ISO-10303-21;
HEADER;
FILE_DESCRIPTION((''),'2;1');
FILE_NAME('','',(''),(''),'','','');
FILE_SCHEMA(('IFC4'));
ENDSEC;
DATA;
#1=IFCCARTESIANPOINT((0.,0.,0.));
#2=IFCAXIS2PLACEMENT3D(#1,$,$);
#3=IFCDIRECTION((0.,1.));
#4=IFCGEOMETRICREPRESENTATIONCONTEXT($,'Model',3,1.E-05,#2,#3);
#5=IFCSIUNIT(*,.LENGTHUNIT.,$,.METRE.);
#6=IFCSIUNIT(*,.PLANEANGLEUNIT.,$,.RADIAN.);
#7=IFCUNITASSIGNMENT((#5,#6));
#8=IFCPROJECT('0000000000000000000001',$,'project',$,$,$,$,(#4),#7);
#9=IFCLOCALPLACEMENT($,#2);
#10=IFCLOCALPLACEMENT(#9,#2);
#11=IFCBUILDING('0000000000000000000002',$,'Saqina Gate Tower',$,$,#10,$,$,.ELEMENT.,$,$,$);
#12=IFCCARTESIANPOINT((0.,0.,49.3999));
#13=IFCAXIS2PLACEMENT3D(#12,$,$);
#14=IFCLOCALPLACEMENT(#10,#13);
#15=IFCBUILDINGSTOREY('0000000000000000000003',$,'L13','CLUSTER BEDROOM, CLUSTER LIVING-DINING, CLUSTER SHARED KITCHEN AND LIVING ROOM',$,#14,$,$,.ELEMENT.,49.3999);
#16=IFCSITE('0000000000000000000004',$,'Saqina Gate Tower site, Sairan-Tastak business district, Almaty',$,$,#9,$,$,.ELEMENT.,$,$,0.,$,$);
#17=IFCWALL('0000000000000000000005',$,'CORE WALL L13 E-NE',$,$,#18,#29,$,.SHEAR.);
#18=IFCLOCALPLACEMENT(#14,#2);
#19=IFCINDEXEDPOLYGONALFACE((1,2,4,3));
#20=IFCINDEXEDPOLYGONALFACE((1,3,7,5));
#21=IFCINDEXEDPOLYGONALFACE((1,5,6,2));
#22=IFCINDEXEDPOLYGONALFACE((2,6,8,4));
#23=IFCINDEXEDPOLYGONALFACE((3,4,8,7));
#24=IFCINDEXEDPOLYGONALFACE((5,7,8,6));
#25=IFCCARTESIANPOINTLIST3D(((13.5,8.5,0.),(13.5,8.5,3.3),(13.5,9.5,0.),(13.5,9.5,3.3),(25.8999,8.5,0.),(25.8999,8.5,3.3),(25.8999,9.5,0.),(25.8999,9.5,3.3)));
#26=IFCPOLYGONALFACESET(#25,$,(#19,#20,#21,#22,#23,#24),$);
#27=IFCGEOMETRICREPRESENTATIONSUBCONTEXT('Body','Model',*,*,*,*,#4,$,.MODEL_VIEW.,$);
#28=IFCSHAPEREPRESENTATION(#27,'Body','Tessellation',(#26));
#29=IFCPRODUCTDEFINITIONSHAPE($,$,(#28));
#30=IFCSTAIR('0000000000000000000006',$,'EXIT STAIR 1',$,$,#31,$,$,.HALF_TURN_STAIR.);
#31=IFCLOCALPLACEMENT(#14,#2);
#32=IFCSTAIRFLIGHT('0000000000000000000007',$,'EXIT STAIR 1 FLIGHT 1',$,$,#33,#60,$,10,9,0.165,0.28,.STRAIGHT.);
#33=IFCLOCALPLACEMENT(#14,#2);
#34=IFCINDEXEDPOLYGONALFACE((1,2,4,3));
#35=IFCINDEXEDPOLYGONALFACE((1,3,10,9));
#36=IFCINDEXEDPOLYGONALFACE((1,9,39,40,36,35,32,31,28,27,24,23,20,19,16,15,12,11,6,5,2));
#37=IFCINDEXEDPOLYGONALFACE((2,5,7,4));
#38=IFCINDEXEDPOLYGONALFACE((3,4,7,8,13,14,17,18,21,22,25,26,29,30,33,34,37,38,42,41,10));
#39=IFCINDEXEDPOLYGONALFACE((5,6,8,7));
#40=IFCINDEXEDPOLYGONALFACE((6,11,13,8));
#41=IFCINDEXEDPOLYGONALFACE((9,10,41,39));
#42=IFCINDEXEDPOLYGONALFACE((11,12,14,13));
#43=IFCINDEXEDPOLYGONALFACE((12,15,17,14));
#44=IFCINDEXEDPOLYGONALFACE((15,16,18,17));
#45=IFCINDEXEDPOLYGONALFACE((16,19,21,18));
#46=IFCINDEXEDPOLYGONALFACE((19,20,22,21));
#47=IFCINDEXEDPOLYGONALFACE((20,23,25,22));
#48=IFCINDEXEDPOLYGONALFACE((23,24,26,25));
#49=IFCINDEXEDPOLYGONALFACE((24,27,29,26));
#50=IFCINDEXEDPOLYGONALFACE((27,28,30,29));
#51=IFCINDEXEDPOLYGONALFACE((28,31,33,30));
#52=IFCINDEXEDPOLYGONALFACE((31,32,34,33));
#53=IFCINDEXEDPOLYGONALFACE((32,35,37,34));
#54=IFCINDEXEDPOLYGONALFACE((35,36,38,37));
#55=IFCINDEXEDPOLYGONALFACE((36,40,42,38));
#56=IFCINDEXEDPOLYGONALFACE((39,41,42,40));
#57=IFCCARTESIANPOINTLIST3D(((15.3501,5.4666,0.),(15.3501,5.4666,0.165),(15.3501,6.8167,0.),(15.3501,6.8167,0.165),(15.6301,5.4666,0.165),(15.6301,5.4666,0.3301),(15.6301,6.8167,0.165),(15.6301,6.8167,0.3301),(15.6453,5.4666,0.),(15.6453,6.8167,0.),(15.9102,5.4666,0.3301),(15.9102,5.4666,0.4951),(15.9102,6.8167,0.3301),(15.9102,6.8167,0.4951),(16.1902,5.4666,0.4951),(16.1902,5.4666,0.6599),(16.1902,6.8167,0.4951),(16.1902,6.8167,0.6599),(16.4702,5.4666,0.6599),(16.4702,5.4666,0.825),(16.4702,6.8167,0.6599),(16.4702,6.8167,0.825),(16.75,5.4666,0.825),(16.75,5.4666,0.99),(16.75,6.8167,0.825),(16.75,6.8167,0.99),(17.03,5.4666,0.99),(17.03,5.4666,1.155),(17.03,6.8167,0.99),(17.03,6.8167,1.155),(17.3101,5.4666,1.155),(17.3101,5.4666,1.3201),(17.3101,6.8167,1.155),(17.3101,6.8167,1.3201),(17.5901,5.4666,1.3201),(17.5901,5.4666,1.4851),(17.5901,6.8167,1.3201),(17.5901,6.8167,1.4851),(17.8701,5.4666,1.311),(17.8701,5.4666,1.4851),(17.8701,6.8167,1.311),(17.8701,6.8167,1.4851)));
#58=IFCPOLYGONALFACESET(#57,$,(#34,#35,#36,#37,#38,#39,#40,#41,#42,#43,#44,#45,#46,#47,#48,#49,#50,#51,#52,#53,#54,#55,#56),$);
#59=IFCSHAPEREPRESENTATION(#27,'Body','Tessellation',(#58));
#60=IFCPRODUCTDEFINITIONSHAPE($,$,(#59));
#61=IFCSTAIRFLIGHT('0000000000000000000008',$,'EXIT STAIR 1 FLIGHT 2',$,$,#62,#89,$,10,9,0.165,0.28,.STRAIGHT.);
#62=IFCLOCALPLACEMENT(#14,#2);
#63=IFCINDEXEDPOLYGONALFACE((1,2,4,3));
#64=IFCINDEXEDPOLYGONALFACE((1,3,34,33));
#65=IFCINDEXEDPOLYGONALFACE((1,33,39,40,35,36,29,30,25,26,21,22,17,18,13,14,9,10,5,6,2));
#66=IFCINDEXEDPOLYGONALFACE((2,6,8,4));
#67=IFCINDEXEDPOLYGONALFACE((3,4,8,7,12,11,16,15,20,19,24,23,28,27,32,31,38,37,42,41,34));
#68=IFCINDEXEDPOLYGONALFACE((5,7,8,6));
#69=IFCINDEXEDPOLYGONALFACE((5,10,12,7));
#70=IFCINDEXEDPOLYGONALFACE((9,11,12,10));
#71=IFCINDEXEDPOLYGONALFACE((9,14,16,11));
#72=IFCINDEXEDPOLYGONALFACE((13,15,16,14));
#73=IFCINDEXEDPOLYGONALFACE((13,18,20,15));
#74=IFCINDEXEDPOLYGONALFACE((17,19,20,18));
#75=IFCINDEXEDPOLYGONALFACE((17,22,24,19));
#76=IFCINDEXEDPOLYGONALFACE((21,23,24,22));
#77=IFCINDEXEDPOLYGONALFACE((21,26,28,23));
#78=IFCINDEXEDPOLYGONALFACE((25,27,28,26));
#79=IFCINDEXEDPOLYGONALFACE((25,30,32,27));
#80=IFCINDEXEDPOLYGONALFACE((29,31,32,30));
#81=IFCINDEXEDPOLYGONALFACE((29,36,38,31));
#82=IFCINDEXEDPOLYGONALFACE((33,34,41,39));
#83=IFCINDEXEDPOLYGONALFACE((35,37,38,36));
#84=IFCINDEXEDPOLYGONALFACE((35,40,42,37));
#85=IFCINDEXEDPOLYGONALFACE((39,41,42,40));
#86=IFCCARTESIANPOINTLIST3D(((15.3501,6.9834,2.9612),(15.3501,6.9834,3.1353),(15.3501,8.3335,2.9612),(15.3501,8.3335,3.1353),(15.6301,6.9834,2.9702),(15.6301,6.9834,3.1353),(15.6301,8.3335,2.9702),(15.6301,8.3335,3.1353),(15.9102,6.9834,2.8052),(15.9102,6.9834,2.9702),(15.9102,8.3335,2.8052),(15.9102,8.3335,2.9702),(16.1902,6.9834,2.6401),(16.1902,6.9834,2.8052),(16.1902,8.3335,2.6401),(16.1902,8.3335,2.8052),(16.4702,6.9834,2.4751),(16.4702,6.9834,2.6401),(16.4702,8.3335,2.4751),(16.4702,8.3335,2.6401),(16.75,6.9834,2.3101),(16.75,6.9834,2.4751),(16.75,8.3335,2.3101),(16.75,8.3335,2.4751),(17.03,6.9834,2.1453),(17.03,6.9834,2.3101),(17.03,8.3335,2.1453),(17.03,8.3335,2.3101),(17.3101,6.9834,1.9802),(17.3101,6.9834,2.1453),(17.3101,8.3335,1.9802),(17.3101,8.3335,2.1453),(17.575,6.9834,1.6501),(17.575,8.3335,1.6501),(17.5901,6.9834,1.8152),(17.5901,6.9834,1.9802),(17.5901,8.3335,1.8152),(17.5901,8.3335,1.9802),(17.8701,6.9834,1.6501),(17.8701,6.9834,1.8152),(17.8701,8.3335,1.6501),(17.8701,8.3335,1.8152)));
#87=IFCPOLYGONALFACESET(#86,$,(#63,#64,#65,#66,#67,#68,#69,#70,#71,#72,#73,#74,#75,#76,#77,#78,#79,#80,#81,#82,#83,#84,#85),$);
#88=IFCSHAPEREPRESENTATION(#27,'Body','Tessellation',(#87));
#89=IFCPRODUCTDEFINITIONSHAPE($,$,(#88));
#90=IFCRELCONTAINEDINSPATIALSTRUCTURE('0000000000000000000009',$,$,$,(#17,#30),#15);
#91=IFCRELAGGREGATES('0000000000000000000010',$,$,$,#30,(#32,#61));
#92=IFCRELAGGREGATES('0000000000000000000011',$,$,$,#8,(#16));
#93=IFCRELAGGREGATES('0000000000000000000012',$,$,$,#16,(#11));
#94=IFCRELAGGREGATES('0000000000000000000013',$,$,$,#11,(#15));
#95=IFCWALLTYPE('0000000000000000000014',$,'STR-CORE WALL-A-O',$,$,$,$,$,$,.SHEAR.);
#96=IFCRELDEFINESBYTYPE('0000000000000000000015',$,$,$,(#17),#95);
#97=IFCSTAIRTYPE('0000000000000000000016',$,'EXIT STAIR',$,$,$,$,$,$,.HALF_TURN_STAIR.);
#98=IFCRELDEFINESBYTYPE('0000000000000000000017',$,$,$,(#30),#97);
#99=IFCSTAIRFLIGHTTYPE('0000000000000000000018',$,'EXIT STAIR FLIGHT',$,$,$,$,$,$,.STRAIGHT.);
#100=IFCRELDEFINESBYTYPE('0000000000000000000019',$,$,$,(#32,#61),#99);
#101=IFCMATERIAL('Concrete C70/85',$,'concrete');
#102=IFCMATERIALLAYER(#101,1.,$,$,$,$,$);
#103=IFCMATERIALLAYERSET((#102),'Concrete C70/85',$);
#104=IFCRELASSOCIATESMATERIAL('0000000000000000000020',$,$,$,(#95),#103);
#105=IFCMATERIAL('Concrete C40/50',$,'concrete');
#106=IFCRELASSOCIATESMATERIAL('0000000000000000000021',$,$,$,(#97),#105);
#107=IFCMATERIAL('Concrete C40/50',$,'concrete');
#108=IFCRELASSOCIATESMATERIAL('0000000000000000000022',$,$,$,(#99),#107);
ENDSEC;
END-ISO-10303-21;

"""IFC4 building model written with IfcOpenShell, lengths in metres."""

from ifc_helpers import new_model, si_unit, direction, frame, frame_2d, origin, place, context, subcontext, project, spatial, polyline, rectangle, outline, extrude, material, layer, layer_set, type_object, element, aggregate, save


model = new_model("IFC4")

# Units and contexts
model_context = context("Model", 3, precision=1e-05, world=origin(), true_north=direction((0.0, 1.0)))
body_context = subcontext(model_context, "Body", "Model", "MODEL_VIEW")
ifc_project = project(units=[si_unit("LENGTHUNIT", "METRE"), si_unit("PLANEANGLEUNIT", "RADIAN")], contexts=[model_context])

# Site, building, storey
site_placement = place(None, origin())
site = spatial("IfcSite", under=ifc_project, at=site_placement, Name="Saqina Gate Tower site, Sairan-Tastak business district, Almaty", CompositionType="ELEMENT", RefElevation=0.0)
building_placement = place(site_placement, origin())
building = spatial("IfcBuilding", under=site, at=building_placement, Name="Saqina Gate Tower", CompositionType="ELEMENT")
storey_placement = place(building_placement, frame((0.0, 0.0, 49.3999)))
storey = spatial("IfcBuildingStorey", under=building, at=storey_placement, Name="L13", Description="CLUSTER BEDROOM, CLUSTER LIVING-DINING, CLUSTER SHARED KITCHEN AND LIVING ROOM", CompositionType="ELEMENT", Elevation=49.3999)

# Wall
ifc_material_1 = material(Name="Concrete C70/85", Category="concrete")
ifc_layer_1 = layer(ifc_material_1, 1.0)
ifc_layer_set_1 = layer_set([ifc_layer_1], Name="Concrete C70/85")
wall_type_1 = type_object("IfcWallType", Name="STR-CORE WALL-A-O", PredefinedType="SHEAR", material=ifc_layer_set_1)
wall_1_placement = place(storey_placement, frame((13.5, 9.0, 0.0), z_axis=(0.0, 0.0, 1.0), x_axis=(1.0, 0.0, 0.0)))
element("IfcWall", 1, at=wall_1_placement, inside=storey, type_object=wall_type_1, Name="CORE WALL L13 E-NE", PredefinedType="SHEAR", context=body_context, shape_type="SweptSolid", body=[
    extrude(rectangle(XDim=12.3999, YDim=1.0, at=frame_2d((6.2, 0.0))), origin(), (0.0, 0.0, 1.0), 3.3),
])

# Stair, stair flights
ifc_material_2 = material(Name="Concrete C40/50", Category="concrete")
stair_type = type_object("IfcStairType", Name="EXIT STAIR", PredefinedType="HALF_TURN_STAIR", material=ifc_material_2)
stair_placement = place(storey_placement, origin())
stair = element("IfcStair", 2, at=stair_placement, inside=storey, type_object=stair_type, Name="EXIT STAIR 1", PredefinedType="HALF_TURN_STAIR")
ifc_material_3 = material(Name="Concrete C40/50", Category="concrete")
stair_flight_type = type_object("IfcStairFlightType", Name="EXIT STAIR FLIGHT", PredefinedType="STRAIGHT", material=ifc_material_3)
stair_flight_1_placement = place(storey_placement, frame((15.3501, 6.1416, 0.0), z_axis=(0.0, 0.0, 1.0), x_axis=(1.0, 0.0, 0.0)))
stair_flight_1 = element("IfcStairFlight", 3, at=stair_flight_1_placement, type_object=stair_flight_type, Name="EXIT STAIR 1 FLIGHT 1", NumberOfRisers=10, NumberOfTreads=9, PredefinedType="STRAIGHT", RiserHeight=0.165, TreadLength=0.28, context=body_context, shape_type="SweptSolid", body=[
    extrude(outline(polyline([(0.0, 0.0), (0.0, 0.165), (0.28, 0.165), (0.28, 0.3301), (0.5601, 0.3301), (0.5601, 0.4951), (0.8401, 0.4951), (0.8401, 0.6599), (1.1201, 0.6599), (1.1201, 0.825), (1.3999, 0.825), (1.3999, 0.99), (1.6799, 0.99), (1.6799, 1.155), (1.96, 1.155), (1.96, 1.3201), (2.24, 1.3201), (2.24, 1.4851), (2.52, 1.4851), (2.52, 1.6499), (2.52, 1.311), (0.2952, 0.0), (0.0, 0.0)])), frame((0.0, 0.675, 0.0), z_axis=(0.0, -1.0, 0.0), x_axis=(1.0, 0.0, 0.0)), (0.0, 0.0, 1.0), 1.3501),
])
stair_flight_2_placement = place(storey_placement, frame((17.8701, 7.6584, 1.6501), z_axis=(0.0, 0.0, 1.0), x_axis=(-1.0, 0.0, 0.0)))
stair_flight_2 = element("IfcStairFlight", 4, at=stair_flight_2_placement, type_object=stair_flight_type, Name="EXIT STAIR 1 FLIGHT 2", NumberOfRisers=10, NumberOfTreads=9, PredefinedType="STRAIGHT", RiserHeight=0.165, TreadLength=0.28, context=body_context, shape_type="SweptSolid", body=[
    extrude(outline(polyline([(0.0, 0.0), (0.0, 0.165), (0.28, 0.165), (0.28, 0.3301), (0.5601, 0.3301), (0.5601, 0.4951), (0.8401, 0.4951), (0.8401, 0.6599), (1.1201, 0.6599), (1.1201, 0.825), (1.3999, 0.825), (1.3999, 0.99), (1.6799, 0.99), (1.6799, 1.155), (1.96, 1.155), (1.96, 1.3201), (2.24, 1.3201), (2.24, 1.4851), (2.52, 1.4851), (2.52, 1.6499), (2.52, 1.311), (0.2952, 0.0), (0.0, 0.0)])), frame((0.0, 0.675, 0.0), z_axis=(0.0, -1.0, 0.0), x_axis=(1.0, 0.0, 0.0)), (0.0, 0.0, 1.0), 1.3501),
])
aggregate(stair, [stair_flight_1, stair_flight_2])

save(model, "model.ifc")
